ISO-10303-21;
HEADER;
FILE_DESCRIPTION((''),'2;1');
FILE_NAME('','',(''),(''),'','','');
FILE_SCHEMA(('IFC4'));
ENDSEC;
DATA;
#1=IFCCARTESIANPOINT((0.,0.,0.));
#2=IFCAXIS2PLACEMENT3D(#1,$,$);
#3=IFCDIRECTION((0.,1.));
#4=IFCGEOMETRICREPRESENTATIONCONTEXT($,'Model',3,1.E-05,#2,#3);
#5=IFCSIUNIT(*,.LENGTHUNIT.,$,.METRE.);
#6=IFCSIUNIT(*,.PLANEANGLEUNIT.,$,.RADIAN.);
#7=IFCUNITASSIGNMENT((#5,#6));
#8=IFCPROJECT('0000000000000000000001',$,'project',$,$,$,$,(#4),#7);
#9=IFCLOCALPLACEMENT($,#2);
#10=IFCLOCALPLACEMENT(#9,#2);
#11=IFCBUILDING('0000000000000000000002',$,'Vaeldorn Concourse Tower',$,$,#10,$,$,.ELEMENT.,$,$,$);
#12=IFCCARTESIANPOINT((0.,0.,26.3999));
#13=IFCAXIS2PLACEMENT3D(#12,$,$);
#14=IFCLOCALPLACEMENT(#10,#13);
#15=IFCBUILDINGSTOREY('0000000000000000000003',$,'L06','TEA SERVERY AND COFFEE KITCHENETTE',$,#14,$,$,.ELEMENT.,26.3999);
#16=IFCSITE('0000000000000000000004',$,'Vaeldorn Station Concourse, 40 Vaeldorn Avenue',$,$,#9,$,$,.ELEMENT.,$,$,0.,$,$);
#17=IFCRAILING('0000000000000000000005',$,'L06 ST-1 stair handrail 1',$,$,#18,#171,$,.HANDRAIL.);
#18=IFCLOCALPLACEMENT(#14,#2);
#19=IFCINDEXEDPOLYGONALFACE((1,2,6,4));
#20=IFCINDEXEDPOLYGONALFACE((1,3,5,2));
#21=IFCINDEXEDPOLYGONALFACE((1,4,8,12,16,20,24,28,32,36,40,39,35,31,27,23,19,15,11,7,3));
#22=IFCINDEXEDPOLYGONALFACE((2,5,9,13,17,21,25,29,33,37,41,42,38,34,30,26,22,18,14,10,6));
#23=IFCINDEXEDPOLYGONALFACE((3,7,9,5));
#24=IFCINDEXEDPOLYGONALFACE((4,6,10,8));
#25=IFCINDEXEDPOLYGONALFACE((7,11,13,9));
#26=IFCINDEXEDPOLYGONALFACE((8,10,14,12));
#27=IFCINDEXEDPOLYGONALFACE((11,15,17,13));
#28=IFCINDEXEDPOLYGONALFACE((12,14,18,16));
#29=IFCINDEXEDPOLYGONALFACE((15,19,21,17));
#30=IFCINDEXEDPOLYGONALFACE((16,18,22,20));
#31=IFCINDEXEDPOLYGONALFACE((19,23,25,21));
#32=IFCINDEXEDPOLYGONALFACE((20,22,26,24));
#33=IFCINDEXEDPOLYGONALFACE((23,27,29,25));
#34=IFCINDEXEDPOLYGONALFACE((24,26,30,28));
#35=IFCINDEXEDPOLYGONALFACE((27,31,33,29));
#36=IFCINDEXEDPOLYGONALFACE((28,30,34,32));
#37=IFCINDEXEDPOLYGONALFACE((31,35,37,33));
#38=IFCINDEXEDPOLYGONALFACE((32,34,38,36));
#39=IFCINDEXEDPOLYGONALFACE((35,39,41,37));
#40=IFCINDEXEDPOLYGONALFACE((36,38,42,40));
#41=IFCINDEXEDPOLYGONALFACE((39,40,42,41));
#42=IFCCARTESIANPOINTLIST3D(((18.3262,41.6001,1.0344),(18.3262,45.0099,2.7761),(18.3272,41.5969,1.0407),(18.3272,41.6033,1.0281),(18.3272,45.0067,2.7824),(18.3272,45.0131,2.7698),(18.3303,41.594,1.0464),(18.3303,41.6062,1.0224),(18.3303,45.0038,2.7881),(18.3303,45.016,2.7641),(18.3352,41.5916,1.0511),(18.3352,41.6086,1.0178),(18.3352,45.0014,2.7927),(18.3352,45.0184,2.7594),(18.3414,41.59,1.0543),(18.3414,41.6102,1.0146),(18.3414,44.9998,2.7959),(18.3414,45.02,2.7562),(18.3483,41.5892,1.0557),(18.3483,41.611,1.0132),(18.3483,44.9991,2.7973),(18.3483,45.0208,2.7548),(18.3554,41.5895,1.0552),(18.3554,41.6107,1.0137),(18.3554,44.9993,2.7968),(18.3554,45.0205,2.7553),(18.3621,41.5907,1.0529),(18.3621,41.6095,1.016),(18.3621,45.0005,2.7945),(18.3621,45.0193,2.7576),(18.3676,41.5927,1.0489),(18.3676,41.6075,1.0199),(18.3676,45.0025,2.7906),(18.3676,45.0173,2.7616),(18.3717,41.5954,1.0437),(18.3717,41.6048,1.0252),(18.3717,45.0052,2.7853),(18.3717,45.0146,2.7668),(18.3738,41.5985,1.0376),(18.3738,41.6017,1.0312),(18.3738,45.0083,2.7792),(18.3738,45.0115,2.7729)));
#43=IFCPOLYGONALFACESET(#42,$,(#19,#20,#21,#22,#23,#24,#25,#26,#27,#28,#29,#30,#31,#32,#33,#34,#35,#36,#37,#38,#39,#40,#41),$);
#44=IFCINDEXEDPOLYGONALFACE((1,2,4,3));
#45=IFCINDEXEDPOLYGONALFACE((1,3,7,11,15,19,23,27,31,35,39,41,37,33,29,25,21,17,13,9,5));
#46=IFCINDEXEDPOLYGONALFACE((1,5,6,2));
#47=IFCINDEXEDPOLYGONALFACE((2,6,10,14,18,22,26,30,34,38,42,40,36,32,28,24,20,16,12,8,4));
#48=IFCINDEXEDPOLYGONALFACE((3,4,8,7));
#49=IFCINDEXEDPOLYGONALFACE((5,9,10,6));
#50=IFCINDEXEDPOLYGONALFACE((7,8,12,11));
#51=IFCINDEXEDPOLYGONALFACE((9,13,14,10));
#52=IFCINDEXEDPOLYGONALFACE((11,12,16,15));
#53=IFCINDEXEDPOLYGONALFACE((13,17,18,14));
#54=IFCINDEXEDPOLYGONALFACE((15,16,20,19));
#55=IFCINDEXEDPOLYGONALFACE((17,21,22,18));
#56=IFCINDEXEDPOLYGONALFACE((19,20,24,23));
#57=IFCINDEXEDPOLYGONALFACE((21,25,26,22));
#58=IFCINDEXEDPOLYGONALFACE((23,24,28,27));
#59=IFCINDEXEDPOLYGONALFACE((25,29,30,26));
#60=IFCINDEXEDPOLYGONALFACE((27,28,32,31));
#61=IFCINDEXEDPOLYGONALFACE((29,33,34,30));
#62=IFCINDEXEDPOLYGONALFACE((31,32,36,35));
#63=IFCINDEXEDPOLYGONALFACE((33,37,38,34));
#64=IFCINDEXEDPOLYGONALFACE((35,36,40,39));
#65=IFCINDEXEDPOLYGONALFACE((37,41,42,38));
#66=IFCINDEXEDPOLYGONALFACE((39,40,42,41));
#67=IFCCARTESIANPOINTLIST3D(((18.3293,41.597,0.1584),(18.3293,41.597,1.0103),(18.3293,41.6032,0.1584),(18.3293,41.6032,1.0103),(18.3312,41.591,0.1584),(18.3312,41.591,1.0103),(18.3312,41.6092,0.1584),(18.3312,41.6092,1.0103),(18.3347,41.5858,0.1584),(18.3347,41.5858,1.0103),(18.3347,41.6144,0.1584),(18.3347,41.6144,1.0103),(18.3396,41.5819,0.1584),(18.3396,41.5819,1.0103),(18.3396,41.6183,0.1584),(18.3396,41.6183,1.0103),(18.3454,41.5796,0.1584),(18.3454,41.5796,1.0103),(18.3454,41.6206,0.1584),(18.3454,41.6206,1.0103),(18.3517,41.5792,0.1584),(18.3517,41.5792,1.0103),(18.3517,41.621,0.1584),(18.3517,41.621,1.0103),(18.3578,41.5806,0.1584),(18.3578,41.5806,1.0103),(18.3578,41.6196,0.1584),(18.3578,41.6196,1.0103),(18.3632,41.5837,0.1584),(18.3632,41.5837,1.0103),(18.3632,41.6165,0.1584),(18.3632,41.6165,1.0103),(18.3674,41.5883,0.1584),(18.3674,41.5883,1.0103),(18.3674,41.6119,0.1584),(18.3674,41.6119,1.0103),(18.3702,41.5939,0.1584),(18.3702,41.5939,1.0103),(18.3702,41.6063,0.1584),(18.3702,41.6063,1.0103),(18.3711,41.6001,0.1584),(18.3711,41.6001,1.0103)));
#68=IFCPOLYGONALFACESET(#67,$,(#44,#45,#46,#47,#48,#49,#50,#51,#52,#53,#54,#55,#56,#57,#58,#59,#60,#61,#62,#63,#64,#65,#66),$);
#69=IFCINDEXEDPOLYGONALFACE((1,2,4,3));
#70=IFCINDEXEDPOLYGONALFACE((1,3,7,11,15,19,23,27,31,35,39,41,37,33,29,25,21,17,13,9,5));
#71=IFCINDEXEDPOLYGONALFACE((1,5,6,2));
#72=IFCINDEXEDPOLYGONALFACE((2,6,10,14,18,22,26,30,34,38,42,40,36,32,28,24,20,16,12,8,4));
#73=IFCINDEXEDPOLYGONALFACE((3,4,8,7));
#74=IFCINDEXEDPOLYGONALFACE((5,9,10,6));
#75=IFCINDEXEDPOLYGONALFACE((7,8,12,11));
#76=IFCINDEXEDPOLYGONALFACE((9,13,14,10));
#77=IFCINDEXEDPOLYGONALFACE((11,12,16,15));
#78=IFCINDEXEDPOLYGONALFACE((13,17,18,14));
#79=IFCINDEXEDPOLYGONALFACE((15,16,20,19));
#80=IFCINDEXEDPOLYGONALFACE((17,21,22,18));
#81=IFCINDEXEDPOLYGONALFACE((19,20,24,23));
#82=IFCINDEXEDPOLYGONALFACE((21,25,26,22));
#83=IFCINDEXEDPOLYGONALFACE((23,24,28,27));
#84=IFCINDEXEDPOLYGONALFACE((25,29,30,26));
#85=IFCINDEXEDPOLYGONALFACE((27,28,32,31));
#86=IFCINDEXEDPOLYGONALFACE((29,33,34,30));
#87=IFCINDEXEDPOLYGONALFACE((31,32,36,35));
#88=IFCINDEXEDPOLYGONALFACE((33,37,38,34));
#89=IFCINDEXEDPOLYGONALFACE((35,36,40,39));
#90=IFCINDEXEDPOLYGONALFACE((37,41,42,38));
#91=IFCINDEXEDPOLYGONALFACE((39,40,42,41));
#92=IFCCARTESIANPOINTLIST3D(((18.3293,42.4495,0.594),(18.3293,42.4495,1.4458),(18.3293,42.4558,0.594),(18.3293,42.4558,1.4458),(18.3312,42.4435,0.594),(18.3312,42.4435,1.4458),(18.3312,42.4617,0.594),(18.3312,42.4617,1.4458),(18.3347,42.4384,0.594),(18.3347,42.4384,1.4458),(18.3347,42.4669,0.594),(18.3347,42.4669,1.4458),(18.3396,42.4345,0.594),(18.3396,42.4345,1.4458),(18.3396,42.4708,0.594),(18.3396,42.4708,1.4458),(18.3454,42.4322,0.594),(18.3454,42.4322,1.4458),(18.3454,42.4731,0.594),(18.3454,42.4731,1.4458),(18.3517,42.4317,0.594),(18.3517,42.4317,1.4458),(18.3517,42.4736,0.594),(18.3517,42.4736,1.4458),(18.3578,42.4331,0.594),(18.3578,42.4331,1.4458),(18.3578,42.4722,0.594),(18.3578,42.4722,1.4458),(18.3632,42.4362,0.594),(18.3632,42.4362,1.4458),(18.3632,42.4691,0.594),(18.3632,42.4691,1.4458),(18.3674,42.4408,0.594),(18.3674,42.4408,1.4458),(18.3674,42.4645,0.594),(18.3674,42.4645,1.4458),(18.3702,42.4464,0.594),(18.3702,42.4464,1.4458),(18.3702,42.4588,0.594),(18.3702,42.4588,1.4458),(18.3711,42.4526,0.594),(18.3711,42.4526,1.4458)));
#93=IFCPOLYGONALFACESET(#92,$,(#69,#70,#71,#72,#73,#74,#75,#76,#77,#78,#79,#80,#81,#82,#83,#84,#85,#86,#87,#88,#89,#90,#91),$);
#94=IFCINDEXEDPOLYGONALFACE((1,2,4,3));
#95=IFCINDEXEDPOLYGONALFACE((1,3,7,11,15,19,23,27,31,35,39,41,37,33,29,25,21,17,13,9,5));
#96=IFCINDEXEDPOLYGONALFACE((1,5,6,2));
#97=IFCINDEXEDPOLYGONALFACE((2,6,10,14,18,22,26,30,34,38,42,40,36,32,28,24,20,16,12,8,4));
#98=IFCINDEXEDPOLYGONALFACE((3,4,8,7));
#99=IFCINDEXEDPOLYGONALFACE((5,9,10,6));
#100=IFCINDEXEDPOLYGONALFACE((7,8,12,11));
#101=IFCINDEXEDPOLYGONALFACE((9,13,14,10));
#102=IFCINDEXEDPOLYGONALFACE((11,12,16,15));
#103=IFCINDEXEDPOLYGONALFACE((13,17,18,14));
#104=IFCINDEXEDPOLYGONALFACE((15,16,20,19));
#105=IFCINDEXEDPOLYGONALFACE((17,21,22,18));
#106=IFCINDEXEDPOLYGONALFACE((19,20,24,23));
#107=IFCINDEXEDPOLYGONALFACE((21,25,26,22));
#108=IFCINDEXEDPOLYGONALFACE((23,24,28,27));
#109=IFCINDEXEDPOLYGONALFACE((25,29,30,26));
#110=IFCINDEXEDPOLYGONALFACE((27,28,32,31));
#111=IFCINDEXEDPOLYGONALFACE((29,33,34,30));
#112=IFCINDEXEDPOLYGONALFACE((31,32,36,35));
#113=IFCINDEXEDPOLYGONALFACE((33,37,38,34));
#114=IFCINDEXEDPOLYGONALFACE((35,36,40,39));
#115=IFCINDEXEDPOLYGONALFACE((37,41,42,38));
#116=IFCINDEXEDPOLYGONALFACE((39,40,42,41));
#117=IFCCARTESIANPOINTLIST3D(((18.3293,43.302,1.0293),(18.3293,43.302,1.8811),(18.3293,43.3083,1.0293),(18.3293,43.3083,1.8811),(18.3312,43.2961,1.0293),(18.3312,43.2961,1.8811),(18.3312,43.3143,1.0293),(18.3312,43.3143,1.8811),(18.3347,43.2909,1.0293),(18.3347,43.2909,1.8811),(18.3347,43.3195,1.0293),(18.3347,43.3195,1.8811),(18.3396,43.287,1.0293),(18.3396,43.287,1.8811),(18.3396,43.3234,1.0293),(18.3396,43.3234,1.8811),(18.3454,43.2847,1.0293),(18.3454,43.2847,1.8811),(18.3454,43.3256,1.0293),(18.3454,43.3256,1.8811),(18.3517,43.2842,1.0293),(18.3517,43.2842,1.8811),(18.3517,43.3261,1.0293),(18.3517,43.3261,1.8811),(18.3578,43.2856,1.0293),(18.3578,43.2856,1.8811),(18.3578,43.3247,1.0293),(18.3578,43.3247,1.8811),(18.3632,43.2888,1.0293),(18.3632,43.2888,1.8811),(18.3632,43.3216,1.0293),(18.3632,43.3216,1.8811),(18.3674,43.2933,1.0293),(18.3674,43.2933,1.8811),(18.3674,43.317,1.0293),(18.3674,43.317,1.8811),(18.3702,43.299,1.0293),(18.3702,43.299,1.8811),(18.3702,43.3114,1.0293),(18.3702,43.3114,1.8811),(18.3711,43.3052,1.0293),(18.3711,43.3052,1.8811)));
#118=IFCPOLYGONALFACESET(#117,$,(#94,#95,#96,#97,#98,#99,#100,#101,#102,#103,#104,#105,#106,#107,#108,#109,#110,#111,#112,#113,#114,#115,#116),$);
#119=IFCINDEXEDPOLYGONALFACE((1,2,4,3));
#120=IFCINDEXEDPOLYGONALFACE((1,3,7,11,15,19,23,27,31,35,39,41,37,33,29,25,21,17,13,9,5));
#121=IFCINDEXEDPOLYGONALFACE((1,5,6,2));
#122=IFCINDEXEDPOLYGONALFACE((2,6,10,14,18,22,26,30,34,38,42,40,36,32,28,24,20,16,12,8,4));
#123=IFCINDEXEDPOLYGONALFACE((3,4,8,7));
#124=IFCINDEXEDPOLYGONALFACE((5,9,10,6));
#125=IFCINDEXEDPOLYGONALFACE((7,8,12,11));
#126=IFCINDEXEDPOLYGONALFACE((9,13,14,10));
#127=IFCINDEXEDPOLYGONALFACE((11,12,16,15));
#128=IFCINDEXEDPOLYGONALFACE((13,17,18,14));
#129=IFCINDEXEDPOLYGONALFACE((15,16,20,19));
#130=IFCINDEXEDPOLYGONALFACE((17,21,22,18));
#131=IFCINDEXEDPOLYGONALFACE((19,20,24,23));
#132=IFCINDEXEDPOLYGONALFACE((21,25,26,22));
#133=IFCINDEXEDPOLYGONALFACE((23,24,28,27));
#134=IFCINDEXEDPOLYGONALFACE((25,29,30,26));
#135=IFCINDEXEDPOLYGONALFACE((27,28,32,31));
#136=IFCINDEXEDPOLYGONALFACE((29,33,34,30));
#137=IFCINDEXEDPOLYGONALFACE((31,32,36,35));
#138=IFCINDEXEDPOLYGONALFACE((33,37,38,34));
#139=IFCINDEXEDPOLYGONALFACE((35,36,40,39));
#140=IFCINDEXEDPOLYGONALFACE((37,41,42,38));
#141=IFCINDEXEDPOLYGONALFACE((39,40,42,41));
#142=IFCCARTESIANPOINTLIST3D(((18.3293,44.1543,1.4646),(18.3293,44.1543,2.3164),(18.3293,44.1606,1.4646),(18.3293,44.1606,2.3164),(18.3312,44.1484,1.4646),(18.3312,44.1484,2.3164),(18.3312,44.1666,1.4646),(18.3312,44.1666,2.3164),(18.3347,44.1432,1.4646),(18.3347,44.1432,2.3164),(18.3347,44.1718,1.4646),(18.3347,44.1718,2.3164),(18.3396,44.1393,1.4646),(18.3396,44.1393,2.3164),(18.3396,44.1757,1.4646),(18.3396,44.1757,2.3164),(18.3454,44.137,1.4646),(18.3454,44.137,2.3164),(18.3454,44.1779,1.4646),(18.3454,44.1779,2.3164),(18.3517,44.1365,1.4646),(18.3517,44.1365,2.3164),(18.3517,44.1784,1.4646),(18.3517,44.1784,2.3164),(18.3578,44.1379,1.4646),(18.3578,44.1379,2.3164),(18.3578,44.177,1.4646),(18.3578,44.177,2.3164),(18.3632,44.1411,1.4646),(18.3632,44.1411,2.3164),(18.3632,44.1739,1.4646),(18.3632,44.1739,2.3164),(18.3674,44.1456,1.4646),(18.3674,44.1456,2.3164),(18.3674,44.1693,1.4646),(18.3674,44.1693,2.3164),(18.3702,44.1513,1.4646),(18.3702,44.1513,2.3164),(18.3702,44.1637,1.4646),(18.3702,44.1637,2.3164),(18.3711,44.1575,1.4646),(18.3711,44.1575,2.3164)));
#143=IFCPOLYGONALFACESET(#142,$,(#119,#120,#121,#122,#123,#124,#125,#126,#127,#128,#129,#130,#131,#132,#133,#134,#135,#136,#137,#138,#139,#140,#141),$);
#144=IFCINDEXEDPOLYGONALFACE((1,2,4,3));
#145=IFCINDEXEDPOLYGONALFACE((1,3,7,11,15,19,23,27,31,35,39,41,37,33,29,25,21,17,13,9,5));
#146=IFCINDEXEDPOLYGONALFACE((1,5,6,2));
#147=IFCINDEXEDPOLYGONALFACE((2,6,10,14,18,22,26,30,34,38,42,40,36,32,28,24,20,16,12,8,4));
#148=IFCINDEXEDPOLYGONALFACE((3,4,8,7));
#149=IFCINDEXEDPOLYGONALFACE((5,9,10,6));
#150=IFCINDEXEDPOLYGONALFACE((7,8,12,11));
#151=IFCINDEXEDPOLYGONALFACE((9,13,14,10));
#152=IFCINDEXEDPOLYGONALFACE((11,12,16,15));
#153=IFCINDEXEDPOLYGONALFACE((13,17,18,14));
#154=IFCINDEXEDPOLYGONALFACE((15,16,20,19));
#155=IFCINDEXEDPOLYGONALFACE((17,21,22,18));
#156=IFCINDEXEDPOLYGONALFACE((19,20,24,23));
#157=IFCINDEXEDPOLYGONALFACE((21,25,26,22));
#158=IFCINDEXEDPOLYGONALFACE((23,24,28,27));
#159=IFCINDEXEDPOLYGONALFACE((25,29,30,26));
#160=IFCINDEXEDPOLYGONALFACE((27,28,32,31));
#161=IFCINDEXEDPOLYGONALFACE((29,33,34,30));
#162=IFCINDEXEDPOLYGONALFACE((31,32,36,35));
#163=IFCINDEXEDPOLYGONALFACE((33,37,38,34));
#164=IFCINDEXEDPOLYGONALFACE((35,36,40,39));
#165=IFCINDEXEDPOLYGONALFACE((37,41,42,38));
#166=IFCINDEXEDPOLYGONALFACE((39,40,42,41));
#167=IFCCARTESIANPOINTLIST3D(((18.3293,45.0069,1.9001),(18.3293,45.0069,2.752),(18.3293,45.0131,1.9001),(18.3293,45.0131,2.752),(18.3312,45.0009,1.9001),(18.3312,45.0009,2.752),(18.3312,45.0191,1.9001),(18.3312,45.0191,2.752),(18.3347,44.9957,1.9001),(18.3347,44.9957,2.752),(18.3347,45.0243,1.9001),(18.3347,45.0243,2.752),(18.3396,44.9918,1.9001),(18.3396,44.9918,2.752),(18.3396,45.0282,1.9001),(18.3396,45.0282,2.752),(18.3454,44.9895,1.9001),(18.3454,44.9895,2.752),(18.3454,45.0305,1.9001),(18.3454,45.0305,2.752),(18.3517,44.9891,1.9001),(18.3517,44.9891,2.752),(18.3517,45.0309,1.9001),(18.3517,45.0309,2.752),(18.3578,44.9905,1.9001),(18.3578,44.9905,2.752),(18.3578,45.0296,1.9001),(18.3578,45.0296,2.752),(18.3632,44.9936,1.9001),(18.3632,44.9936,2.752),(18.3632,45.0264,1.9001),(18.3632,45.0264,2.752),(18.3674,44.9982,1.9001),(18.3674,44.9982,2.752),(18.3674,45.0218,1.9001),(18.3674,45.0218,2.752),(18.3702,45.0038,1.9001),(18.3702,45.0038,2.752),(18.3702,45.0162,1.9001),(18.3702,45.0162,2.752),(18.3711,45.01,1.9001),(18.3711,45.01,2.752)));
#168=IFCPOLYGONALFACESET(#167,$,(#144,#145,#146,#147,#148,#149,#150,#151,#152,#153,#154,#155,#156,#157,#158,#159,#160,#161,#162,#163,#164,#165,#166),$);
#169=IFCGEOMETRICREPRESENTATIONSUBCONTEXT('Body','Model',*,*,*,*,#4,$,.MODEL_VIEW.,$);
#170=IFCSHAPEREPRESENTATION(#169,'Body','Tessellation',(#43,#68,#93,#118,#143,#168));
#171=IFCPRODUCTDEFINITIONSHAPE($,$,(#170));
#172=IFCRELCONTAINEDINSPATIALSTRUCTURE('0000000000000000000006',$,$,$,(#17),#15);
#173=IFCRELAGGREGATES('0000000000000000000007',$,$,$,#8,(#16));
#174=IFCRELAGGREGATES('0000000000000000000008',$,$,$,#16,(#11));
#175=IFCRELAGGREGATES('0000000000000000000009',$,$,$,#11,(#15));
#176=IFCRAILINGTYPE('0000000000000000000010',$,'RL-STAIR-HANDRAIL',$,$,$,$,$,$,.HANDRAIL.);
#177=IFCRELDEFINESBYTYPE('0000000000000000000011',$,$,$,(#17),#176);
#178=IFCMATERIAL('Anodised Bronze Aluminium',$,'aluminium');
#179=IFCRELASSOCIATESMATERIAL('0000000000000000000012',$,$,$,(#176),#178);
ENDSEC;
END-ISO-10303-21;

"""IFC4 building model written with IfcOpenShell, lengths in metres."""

from ifc_helpers import new_model, si_unit, direction, frame, origin, origin_2d, place, context, subcontext, project, spatial, circle, extrude, material, type_object, element, save


model = new_model("IFC4")

# Units and contexts
model_context = context("Model", 3, precision=1e-05, world=origin(), true_north=direction((0.0, 1.0)))
body_context = subcontext(model_context, "Body", "Model", "MODEL_VIEW")
ifc_project = project(units=[si_unit("LENGTHUNIT", "METRE"), si_unit("PLANEANGLEUNIT", "RADIAN")], contexts=[model_context])

# Site, building, storey
site_placement = place(None, origin())
site = spatial("IfcSite", under=ifc_project, at=site_placement, Name="Vaeldorn Station Concourse, 40 Vaeldorn Avenue", CompositionType="ELEMENT", RefElevation=0.0)
building_placement = place(site_placement, origin())
building = spatial("IfcBuilding", under=site, at=building_placement, Name="Vaeldorn Concourse Tower", CompositionType="ELEMENT")
storey_placement = place(building_placement, frame((0.0, 0.0, 26.3999)))
storey = spatial("IfcBuildingStorey", under=building, at=storey_placement, Name="L06", Description="TEA SERVERY AND COFFEE KITCHENETTE", CompositionType="ELEMENT", Elevation=26.3999)

# Shared definitions
ifc_material_1 = material(Name="Anodised Bronze Aluminium", Category="aluminium")

# Railing
railing_type_1 = type_object("IfcRailingType", Name="RL-STAIR-HANDRAIL", PredefinedType="HANDRAIL", material=ifc_material_1)
railing_1_placement = place(storey_placement, frame((18.3501, 41.6001, 0.1584)))
element("IfcRailing", 1, at=railing_1_placement, inside=storey, type_object=railing_type_1, Name="L06 ST-1 stair handrail 1", PredefinedType="HANDRAIL", context=body_context, shape_type="SweptSolid", body=[
    extrude(circle(Radius=0.0239, at=origin_2d()), frame((0.0, 0.0, 0.876), z_axis=(0.0, 0.890556, 0.454874), x_axis=(-1.0, 0.0, 0.0)), (0.0, 0.0, 1.0), 3.8289),
    extrude(circle(Radius=0.021, at=origin_2d()), origin(), (0.0, 0.0, 1.0), 0.8518),
    extrude(circle(Radius=0.021, at=origin_2d()), frame((0.0, 0.8525, 0.4355)), (0.0, 0.0, 1.0), 0.8518),
    extrude(circle(Radius=0.021, at=origin_2d()), frame((0.0, 1.7051, 0.8708)), (0.0, 0.0, 1.0), 0.8518),
    extrude(circle(Radius=0.021, at=origin_2d()), frame((0.0, 2.5574, 1.3062)), (0.0, 0.0, 1.0), 0.8518),
    extrude(circle(Radius=0.021, at=origin_2d()), frame((0.0, 3.4099, 1.7417)), (0.0, 0.0, 1.0), 0.8518),
])

save(model, "model.ifc")
